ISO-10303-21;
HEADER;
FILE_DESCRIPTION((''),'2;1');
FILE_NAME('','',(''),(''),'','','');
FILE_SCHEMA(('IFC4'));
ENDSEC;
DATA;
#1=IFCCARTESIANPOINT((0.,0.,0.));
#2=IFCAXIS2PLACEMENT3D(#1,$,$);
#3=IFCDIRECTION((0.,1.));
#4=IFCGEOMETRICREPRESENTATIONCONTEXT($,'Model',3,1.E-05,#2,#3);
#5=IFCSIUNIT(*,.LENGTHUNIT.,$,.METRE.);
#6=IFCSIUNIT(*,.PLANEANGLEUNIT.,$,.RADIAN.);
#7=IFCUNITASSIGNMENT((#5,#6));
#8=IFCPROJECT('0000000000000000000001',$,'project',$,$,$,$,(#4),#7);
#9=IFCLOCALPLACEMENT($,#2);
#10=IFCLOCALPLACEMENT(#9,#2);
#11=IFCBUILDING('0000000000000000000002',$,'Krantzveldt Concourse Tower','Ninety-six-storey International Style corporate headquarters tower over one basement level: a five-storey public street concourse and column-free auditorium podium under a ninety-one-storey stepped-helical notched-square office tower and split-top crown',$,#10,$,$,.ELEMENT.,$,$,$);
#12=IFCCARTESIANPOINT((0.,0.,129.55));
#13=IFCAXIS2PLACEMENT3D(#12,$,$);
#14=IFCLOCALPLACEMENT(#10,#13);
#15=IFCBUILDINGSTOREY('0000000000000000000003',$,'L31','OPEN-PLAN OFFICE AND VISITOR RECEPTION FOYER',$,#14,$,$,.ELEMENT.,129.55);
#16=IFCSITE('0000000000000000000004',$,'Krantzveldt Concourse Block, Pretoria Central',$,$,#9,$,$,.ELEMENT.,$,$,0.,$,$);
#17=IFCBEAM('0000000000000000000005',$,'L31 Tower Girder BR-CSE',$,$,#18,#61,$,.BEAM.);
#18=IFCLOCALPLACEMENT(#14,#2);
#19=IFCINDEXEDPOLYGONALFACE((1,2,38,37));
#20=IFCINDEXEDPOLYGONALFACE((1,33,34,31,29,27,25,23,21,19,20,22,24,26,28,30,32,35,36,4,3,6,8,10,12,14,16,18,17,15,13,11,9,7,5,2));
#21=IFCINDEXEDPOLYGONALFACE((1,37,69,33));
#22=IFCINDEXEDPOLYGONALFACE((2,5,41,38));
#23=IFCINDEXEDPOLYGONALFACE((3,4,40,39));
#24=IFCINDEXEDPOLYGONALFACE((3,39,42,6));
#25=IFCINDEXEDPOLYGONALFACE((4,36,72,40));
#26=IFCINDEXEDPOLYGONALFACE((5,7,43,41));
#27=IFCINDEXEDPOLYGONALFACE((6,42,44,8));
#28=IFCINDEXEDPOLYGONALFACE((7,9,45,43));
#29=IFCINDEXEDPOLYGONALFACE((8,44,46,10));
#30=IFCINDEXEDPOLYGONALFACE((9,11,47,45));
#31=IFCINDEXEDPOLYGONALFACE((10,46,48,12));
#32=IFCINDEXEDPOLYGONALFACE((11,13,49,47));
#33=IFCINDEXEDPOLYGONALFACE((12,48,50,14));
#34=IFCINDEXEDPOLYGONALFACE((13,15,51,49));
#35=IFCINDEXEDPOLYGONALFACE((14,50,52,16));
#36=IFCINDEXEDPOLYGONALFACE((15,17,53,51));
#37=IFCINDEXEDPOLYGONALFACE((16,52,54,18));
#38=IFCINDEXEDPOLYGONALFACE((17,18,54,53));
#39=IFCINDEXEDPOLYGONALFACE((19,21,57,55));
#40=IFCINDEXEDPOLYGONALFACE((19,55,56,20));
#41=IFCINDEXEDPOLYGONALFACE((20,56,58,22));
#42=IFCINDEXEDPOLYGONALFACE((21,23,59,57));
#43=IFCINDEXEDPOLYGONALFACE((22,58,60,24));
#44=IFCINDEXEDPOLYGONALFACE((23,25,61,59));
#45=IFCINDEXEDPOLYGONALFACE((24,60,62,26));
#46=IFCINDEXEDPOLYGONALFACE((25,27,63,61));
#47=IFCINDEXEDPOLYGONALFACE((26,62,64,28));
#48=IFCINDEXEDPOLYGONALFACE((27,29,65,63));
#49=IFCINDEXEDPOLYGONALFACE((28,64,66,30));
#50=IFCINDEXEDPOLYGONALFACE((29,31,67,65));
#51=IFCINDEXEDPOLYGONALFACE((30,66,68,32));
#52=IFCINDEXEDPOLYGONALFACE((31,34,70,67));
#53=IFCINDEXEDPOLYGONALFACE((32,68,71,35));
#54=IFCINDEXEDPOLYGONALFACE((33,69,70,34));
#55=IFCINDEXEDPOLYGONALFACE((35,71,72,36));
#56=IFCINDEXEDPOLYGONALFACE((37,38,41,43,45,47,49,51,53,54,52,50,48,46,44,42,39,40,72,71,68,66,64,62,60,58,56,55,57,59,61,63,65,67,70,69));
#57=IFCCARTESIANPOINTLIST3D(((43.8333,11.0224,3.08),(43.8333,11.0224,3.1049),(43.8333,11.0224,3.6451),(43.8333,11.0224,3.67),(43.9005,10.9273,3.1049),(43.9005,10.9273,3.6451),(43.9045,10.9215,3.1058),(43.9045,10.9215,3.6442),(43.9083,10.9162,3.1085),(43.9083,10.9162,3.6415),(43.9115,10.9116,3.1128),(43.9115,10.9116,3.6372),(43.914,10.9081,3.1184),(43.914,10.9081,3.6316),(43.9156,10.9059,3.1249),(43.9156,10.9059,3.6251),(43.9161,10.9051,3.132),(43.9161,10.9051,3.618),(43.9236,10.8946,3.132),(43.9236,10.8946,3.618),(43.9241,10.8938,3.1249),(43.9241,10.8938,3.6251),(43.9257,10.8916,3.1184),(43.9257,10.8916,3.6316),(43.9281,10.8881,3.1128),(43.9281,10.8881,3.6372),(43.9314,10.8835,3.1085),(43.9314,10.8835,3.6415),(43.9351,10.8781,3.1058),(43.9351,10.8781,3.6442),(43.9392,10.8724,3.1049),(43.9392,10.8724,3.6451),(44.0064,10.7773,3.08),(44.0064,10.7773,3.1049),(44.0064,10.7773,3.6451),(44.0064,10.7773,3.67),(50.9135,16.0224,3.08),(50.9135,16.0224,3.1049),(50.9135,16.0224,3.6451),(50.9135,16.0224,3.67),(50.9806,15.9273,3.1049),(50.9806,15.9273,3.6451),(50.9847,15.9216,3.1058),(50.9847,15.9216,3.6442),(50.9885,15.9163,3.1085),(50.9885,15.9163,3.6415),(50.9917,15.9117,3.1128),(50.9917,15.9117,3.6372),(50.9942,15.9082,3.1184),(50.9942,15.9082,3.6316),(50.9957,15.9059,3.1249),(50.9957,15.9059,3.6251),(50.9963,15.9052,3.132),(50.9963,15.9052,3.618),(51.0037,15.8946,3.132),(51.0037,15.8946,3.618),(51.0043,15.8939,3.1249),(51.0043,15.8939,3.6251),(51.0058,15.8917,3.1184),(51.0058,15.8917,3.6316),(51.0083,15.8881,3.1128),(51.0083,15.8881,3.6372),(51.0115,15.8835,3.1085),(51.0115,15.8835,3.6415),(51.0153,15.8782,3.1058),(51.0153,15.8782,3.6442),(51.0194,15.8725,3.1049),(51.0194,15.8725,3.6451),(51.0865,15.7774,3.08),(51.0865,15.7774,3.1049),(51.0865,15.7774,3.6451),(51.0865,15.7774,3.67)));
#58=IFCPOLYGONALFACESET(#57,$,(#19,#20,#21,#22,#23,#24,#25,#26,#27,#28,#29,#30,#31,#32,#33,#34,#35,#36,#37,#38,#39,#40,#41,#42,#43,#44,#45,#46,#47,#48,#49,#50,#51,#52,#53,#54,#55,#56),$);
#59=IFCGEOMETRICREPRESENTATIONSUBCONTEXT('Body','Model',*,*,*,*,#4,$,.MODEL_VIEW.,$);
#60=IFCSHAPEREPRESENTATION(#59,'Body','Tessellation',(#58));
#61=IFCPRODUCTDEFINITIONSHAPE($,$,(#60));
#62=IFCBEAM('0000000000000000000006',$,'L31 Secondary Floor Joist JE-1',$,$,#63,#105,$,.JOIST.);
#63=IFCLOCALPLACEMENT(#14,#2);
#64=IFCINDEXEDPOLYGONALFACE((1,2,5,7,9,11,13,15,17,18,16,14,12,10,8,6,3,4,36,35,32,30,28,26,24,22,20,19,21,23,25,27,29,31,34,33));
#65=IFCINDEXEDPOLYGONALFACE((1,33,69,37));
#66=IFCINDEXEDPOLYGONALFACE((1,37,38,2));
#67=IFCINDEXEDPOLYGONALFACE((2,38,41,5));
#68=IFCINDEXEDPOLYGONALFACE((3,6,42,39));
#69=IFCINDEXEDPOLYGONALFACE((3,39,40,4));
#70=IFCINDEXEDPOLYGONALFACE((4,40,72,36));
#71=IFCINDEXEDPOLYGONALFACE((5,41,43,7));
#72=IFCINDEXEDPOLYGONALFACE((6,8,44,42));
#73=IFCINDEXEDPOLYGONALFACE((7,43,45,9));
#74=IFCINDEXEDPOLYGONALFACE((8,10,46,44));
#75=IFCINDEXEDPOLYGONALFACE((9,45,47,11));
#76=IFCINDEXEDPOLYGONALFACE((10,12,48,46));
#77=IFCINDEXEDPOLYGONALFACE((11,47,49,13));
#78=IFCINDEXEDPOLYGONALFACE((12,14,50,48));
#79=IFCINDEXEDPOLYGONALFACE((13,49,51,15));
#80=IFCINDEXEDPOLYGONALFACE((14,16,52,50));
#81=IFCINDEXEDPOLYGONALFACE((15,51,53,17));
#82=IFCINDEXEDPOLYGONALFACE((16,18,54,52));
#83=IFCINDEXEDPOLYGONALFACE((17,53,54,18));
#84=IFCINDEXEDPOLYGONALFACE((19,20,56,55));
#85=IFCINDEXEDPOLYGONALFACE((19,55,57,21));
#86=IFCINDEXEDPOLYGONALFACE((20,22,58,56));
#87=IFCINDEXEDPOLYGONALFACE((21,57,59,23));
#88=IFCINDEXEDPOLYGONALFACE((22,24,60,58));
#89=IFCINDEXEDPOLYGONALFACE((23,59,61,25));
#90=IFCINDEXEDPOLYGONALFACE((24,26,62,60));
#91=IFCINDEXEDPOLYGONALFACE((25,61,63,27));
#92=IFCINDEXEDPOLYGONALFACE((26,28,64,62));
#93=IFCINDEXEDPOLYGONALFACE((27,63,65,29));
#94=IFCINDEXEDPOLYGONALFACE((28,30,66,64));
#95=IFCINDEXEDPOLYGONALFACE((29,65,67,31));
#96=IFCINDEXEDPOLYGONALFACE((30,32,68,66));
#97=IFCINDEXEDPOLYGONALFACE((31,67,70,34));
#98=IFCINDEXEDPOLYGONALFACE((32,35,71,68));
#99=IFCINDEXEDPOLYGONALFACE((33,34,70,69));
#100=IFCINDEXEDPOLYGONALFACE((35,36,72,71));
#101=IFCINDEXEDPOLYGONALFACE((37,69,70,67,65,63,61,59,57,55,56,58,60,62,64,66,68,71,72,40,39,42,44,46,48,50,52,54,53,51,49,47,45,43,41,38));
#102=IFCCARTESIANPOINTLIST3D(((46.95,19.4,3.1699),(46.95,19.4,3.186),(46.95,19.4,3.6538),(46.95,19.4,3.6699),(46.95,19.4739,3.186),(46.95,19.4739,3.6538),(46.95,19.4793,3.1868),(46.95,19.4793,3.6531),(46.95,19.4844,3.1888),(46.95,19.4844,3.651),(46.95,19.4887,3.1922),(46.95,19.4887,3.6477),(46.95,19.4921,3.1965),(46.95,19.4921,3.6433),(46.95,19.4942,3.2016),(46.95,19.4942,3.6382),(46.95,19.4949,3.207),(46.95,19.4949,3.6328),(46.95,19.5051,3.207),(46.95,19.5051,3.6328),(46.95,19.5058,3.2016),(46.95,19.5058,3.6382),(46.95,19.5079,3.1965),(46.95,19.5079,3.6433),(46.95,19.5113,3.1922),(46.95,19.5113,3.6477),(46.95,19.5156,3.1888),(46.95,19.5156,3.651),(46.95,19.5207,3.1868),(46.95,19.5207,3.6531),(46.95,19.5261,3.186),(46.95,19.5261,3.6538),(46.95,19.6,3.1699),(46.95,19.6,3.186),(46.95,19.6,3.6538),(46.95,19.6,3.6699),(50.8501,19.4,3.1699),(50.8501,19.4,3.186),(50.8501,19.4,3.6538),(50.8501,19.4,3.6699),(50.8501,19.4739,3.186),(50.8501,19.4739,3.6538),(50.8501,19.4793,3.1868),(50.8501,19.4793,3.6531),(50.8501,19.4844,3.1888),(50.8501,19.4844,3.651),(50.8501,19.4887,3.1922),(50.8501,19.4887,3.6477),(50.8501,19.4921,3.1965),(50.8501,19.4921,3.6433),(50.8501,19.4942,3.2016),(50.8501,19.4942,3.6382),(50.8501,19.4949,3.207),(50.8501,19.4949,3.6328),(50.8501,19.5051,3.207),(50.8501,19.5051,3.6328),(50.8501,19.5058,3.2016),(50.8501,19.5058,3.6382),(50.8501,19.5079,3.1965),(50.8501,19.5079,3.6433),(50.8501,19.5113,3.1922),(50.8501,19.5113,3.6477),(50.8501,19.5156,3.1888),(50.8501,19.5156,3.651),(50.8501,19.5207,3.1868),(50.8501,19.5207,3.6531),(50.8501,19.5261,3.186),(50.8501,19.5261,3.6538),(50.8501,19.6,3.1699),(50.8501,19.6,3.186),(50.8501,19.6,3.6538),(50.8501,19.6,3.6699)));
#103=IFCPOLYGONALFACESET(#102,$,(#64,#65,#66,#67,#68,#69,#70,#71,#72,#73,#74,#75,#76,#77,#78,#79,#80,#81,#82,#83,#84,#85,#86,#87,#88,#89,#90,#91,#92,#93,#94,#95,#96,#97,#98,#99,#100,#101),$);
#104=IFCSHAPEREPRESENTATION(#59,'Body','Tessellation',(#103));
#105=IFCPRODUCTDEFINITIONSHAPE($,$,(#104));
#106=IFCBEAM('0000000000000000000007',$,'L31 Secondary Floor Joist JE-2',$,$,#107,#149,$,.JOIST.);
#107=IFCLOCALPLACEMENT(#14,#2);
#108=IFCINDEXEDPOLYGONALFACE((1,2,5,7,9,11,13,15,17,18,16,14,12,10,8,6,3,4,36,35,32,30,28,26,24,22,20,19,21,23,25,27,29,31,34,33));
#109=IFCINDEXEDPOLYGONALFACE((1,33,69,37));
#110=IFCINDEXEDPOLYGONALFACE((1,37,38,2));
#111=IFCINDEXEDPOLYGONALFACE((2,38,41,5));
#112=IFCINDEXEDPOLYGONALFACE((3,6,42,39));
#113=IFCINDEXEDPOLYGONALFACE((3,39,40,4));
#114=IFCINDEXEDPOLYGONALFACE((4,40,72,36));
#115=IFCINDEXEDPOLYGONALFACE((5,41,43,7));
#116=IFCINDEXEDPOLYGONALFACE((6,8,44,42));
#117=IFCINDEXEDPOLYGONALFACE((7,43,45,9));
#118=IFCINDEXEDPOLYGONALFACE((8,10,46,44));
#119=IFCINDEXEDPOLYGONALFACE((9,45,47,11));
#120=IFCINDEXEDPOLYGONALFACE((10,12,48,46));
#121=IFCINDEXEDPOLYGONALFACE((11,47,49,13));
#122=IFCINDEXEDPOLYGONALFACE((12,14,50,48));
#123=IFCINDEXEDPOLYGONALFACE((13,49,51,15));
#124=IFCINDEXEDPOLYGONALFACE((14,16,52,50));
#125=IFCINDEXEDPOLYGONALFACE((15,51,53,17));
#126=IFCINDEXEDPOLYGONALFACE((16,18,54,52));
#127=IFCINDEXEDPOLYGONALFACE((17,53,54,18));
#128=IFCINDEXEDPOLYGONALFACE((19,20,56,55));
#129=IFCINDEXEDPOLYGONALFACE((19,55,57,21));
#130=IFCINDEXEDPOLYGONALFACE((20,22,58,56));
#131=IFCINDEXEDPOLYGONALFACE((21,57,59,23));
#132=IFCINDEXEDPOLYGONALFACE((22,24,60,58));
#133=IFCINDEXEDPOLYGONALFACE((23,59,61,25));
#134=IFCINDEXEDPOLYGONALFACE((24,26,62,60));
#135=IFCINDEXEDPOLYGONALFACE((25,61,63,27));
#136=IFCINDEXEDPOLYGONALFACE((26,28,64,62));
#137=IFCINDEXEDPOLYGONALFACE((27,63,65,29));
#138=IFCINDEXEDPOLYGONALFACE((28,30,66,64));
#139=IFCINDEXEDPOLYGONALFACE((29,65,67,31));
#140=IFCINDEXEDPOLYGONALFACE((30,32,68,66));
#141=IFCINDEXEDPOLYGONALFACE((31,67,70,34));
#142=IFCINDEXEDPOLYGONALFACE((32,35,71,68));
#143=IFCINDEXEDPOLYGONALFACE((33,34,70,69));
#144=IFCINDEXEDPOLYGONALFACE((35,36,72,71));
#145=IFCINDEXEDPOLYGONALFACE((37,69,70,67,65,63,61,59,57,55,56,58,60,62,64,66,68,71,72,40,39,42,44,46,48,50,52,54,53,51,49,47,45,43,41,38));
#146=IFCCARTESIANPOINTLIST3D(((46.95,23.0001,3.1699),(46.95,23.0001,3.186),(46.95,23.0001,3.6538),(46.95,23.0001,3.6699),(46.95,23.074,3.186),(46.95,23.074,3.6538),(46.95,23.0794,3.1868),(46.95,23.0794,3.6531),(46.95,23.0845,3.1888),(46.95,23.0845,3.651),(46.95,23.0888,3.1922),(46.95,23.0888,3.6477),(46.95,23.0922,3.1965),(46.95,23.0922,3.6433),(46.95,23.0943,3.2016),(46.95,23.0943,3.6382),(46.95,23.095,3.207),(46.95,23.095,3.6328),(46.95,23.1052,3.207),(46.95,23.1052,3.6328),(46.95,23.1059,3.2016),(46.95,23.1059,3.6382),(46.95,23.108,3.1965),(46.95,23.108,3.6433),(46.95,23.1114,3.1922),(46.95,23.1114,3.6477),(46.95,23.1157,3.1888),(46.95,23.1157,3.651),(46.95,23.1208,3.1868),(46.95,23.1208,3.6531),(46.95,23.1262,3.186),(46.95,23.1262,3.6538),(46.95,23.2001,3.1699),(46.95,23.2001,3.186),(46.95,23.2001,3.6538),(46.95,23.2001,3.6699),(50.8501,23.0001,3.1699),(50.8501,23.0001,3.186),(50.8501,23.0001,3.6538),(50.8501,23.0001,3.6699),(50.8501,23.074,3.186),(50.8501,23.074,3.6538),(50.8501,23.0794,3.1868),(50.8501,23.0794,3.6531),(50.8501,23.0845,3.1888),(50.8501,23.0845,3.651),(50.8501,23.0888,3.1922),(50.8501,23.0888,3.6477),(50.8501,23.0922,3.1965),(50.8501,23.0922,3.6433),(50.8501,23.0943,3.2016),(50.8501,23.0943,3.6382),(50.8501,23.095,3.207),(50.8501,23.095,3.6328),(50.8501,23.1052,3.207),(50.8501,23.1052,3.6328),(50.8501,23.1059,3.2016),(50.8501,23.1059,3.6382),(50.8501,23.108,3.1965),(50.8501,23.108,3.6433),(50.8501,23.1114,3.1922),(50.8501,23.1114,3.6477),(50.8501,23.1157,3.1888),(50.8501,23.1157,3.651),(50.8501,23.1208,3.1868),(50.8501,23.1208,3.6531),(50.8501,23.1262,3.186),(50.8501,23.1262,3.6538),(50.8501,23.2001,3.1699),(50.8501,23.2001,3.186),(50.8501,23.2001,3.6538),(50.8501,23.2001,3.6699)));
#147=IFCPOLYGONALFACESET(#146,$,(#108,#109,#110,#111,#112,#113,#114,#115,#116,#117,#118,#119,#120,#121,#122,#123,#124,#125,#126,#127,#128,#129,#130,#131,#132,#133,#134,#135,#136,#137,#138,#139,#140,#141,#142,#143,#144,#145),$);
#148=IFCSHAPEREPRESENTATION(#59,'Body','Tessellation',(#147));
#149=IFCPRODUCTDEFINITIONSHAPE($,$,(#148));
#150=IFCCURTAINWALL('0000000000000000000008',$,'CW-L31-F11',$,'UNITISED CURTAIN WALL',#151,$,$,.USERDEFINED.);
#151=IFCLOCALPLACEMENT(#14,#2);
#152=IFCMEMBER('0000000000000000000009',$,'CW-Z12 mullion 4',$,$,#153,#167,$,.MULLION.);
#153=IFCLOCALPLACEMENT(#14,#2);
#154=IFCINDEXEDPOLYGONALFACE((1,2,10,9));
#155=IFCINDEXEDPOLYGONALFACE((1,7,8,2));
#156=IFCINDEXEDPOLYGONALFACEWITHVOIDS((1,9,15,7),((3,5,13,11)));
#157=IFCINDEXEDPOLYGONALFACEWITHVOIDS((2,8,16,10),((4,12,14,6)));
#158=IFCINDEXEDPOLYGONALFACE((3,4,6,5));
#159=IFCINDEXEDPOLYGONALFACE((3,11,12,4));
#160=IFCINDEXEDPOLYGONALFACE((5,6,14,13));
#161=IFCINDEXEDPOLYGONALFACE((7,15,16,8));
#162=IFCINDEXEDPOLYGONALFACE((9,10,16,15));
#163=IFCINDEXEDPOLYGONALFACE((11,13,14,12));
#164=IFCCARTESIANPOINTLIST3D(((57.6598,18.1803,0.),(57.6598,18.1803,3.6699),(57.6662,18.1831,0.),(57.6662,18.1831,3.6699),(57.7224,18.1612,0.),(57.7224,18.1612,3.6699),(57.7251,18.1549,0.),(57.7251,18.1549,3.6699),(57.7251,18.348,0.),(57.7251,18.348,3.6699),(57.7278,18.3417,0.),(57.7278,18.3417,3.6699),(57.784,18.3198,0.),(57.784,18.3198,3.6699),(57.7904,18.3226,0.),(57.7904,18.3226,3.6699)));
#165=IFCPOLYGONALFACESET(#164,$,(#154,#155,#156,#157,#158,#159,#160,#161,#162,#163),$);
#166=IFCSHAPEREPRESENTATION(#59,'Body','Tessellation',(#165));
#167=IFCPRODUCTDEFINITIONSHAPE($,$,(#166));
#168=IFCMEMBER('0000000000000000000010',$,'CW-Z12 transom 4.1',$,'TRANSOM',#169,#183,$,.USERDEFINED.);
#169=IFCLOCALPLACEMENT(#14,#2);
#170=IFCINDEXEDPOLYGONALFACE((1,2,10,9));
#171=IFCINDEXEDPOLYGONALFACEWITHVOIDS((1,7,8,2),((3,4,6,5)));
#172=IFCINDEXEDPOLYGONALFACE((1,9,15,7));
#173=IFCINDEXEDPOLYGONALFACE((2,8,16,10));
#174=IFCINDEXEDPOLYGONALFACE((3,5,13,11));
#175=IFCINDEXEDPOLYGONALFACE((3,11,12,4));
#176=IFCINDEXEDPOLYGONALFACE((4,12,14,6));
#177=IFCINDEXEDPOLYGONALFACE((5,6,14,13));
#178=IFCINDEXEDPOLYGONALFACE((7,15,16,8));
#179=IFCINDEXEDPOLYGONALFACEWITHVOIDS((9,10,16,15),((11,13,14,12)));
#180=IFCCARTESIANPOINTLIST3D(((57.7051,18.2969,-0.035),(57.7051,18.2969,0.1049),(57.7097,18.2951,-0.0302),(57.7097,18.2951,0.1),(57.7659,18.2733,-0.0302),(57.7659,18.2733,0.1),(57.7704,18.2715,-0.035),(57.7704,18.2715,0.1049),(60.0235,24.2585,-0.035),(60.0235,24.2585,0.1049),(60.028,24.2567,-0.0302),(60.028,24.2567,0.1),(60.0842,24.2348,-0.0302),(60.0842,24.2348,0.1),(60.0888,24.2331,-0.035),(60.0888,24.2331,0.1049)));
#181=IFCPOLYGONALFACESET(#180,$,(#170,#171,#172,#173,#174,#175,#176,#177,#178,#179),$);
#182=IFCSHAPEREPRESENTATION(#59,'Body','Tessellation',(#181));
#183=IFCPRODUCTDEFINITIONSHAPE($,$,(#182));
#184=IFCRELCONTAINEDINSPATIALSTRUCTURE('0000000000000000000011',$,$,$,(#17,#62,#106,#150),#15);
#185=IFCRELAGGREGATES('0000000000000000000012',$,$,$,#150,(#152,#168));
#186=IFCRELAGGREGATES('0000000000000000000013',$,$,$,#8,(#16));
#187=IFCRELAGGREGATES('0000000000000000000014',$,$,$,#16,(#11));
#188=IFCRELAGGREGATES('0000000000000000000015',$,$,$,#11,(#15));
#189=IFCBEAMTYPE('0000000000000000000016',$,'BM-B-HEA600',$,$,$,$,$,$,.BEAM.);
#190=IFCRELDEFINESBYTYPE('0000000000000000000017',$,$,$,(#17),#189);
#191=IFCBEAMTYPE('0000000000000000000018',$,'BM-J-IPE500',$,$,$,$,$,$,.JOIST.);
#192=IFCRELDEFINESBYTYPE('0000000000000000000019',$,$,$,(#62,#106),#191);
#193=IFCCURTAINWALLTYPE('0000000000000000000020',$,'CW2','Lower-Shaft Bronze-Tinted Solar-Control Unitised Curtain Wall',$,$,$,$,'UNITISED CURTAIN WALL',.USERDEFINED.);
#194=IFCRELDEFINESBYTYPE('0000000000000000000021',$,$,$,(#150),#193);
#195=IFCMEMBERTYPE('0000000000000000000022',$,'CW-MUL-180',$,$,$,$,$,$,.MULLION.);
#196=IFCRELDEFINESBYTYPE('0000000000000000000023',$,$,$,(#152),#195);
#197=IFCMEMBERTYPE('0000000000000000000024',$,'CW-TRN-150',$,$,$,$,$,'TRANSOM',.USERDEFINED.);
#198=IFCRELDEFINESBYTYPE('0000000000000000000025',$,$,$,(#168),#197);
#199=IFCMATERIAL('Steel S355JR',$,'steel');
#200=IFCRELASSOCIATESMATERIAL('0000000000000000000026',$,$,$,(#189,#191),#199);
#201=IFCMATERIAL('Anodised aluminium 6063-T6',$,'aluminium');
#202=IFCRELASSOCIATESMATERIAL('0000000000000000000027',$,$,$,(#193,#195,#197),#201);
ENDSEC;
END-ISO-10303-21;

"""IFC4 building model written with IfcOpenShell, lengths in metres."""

from ifc_helpers import new_model, si_unit, direction, frame, origin, origin_2d, place, context, subcontext, project, spatial, hollow_rectangle, i_section, extrude, source, transform, mapped, material, material_profile, profile_set, type_object, type_shapes, element, aggregate, save


model = new_model("IFC4")

# Units and contexts
model_context = context("Model", 3, precision=1e-05, world=origin(), true_north=direction((0.0, 1.0)))
body_context = subcontext(model_context, "Body", "Model", "MODEL_VIEW")
ifc_project = project(units=[si_unit("LENGTHUNIT", "METRE"), si_unit("PLANEANGLEUNIT", "RADIAN")], contexts=[model_context])

# Site, building, storey
site_placement = place(None, origin())
site = spatial("IfcSite", under=ifc_project, at=site_placement, Name="Krantzveldt Concourse Block, Pretoria Central", CompositionType="ELEMENT", RefElevation=0.0)
building_placement = place(site_placement, origin())
building = spatial("IfcBuilding", under=site, at=building_placement, Name="Krantzveldt Concourse Tower", Description="Ninety-six-storey International Style corporate headquarters tower over one basement level: a five-storey public street concourse and column-free auditorium podium under a ninety-one-storey stepped-helical notched-square office tower and split-top crown", CompositionType="ELEMENT")
storey_placement = place(building_placement, frame((0.0, 0.0, 129.55)))
storey = spatial("IfcBuildingStorey", under=building, at=storey_placement, Name="L31", Description="OPEN-PLAN OFFICE AND VISITOR RECEPTION FOYER", CompositionType="ELEMENT", Elevation=129.55)

# Beams
ifc_material_1 = material(Name="Steel S355JR", Category="steel")
ifc_material_profile_1 = material_profile(ifc_material_1, i_section(OverallWidth=0.3, OverallDepth=0.5901, WebThickness=0.0129, FlangeThickness=0.0249, FilletRadius=0.0271, at=origin_2d()), Name="Steel S355JR", Category="steel")
ifc_profile_set_1 = profile_set([ifc_material_profile_1], Name="Steel S355JR - HEA 600")
beam_type_1 = type_object("IfcBeamType", Name="BM-B-HEA600", PredefinedType="BEAM", material=ifc_profile_set_1)
shared_shape_1 = source(origin(), body_context, "Body", "SweptSolid", [
    extrude(i_section(OverallWidth=0.3, OverallDepth=0.5901, WebThickness=0.0129, FlangeThickness=0.0249, FilletRadius=0.0271, at=origin_2d()), origin(), (0.0, 0.0, 1.0), 8.6677),
])
beam_1_placement = place(storey_placement, frame((51.0, 15.8999, 3.375), z_axis=(-0.816843, -0.57686, 0.0), x_axis=(0.57686, -0.816843, 0.0)))
element("IfcBeam", 1, at=beam_1_placement, inside=storey, type_object=beam_type_1, Name="L31 Tower Girder BR-CSE", PredefinedType="BEAM", context=body_context, shape_type="MappedRepresentation", body=[
    mapped(shared_shape_1, transform((0.0, 0.0, 0.0), x_axis=(1.0, 0.0, 0.0), y_axis=(0.0, 1.0, 0.0), z_axis=(0.0, 0.0, 1.0), scale=1.0)),
])
ifc_material_profile_2 = material_profile(ifc_material_1, i_section(OverallWidth=0.2, OverallDepth=0.5, WebThickness=0.0103, FlangeThickness=0.0161, FilletRadius=0.021, at=origin_2d()), Name="Steel S355JR", Category="steel")
ifc_profile_set_2 = profile_set([ifc_material_profile_2], Name="Steel S355JR - IPE 500")
beam_type_2 = type_object("IfcBeamType", Name="BM-J-IPE500", PredefinedType="JOIST", material=ifc_profile_set_2)
shared_shape_2 = source(origin(), body_context, "Body", "SweptSolid", [
    extrude(i_section(OverallWidth=0.2, OverallDepth=0.5, WebThickness=0.0103, FlangeThickness=0.0161, FilletRadius=0.021, at=origin_2d()), origin(), (0.0, 0.0, 1.0), 3.9001),
])
type_shapes(beam_type_2, [shared_shape_2])
for number, where, z_axis, x_axis, name in (
    (2, (46.95, 19.5, 3.4199), (1.0, 0.0, 0.0), (0.0, 1.0, 0.0), "L31 Secondary Floor Joist JE-1"),
    (3, (46.95, 23.1001, 3.4199), (1.0, 0.0, 0.0), (0.0, 1.0, 0.0), "L31 Secondary Floor Joist JE-2"),
):
    element("IfcBeam", number, at=place(storey_placement, frame(where, z_axis=z_axis, x_axis=x_axis)), inside=storey, type_object=beam_type_2, Name=name, PredefinedType="JOIST", context=body_context, shape_type="MappedRepresentation", body=[
        mapped(shared_shape_2, transform((0.0, 0.0, 0.0), x_axis=(1.0, 0.0, 0.0), y_axis=(0.0, 1.0, 0.0), z_axis=(0.0, 0.0, 1.0), scale=1.0)),
    ])

# Curtain wall, members
ifc_material_2 = material(Name="Anodised aluminium 6063-T6", Category="aluminium")
curtain_wall_type = type_object("IfcCurtainWallType", Name="CW2", Description="Lower-Shaft Bronze-Tinted Solar-Control Unitised Curtain Wall", ElementType="UNITISED CURTAIN WALL", PredefinedType="USERDEFINED", material=ifc_material_2)
curtain_wall_placement = place(storey_placement, origin())
curtain_wall = element("IfcCurtainWall", 4, at=curtain_wall_placement, inside=storey, type_object=curtain_wall_type, Name="CW-L31-F11", ObjectType="UNITISED CURTAIN WALL", PredefinedType="USERDEFINED")
ifc_material_profile_3 = material_profile(ifc_material_2, hollow_rectangle(XDim=0.0701, YDim=0.1799, WallThickness=0.0049, at=origin_2d()), Name="Anodised aluminium 6063-T6", Category="aluminium")
ifc_profile_set_3 = profile_set([ifc_material_profile_3], Name="Anodised aluminium 6063-T6 - ALU-MULL 180x70x5")
member_type_1 = type_object("IfcMemberType", Name="CW-MUL-180", PredefinedType="MULLION", material=ifc_profile_set_3)
shared_shape_3 = source(origin(), body_context, "Body", "SweptSolid", [
    extrude(hollow_rectangle(XDim=0.0701, YDim=0.1799, WallThickness=0.0049, at=origin_2d()), origin(), (0.0, 0.0, 1.0), 3.6699),
])
type_shapes(member_type_1, [shared_shape_3])
member_1_placement = place(storey_placement, frame((57.7251, 18.2515, 0.0), z_axis=(0.0, 0.0, 1.0), x_axis=(-0.932008, 0.362438, 0.0)))
member_1 = element("IfcMember", 5, at=member_1_placement, type_object=member_type_1, Name="CW-Z12 mullion 4", PredefinedType="MULLION", context=body_context, shape_type="MappedRepresentation", body=[
    mapped(shared_shape_3, transform((0.0, 0.0, 0.0), x_axis=(1.0, 0.0, 0.0), y_axis=(0.0, 1.0, 0.0), z_axis=(0.0, 0.0, 1.0), scale=1.0)),
])
ifc_material_profile_4 = material_profile(ifc_material_2, hollow_rectangle(XDim=0.0701, YDim=0.1399, WallThickness=0.0049, at=origin_2d()), Name="Anodised aluminium 6063-T6", Category="aluminium")
ifc_profile_set_4 = profile_set([ifc_material_profile_4], Name="Anodised aluminium 6063-T6 - ALU-TRAN 140x70x5")
member_type_2 = type_object("IfcMemberType", Name="CW-TRN-150", ElementType="TRANSOM", PredefinedType="USERDEFINED", material=ifc_profile_set_4)
shared_shape_4 = source(origin(), body_context, "Body", "SweptSolid", [
    extrude(hollow_rectangle(XDim=0.0701, YDim=0.1399, WallThickness=0.0049, at=origin_2d()), origin(), (0.0, 0.0, 1.0), 6.3965),
])
type_shapes(member_type_2, [shared_shape_4])
member_2_placement = place(storey_placement, frame((57.7378, 18.2842, 0.0349), z_axis=(0.362437, 0.932008, 0.0), x_axis=(-0.932008, 0.362437, 0.0)))
member_2 = element("IfcMember", 6, at=member_2_placement, type_object=member_type_2, Name="CW-Z12 transom 4.1", ObjectType="TRANSOM", PredefinedType="USERDEFINED", context=body_context, shape_type="MappedRepresentation", body=[
    mapped(shared_shape_4, transform((0.0, 0.0, 0.0), x_axis=(1.0, 0.0, 0.0), y_axis=(0.0, 1.0, 0.0), z_axis=(0.0, 0.0, 1.0), scale=1.0)),
])
aggregate(curtain_wall, [member_1, member_2])

save(model, "model.ifc")
